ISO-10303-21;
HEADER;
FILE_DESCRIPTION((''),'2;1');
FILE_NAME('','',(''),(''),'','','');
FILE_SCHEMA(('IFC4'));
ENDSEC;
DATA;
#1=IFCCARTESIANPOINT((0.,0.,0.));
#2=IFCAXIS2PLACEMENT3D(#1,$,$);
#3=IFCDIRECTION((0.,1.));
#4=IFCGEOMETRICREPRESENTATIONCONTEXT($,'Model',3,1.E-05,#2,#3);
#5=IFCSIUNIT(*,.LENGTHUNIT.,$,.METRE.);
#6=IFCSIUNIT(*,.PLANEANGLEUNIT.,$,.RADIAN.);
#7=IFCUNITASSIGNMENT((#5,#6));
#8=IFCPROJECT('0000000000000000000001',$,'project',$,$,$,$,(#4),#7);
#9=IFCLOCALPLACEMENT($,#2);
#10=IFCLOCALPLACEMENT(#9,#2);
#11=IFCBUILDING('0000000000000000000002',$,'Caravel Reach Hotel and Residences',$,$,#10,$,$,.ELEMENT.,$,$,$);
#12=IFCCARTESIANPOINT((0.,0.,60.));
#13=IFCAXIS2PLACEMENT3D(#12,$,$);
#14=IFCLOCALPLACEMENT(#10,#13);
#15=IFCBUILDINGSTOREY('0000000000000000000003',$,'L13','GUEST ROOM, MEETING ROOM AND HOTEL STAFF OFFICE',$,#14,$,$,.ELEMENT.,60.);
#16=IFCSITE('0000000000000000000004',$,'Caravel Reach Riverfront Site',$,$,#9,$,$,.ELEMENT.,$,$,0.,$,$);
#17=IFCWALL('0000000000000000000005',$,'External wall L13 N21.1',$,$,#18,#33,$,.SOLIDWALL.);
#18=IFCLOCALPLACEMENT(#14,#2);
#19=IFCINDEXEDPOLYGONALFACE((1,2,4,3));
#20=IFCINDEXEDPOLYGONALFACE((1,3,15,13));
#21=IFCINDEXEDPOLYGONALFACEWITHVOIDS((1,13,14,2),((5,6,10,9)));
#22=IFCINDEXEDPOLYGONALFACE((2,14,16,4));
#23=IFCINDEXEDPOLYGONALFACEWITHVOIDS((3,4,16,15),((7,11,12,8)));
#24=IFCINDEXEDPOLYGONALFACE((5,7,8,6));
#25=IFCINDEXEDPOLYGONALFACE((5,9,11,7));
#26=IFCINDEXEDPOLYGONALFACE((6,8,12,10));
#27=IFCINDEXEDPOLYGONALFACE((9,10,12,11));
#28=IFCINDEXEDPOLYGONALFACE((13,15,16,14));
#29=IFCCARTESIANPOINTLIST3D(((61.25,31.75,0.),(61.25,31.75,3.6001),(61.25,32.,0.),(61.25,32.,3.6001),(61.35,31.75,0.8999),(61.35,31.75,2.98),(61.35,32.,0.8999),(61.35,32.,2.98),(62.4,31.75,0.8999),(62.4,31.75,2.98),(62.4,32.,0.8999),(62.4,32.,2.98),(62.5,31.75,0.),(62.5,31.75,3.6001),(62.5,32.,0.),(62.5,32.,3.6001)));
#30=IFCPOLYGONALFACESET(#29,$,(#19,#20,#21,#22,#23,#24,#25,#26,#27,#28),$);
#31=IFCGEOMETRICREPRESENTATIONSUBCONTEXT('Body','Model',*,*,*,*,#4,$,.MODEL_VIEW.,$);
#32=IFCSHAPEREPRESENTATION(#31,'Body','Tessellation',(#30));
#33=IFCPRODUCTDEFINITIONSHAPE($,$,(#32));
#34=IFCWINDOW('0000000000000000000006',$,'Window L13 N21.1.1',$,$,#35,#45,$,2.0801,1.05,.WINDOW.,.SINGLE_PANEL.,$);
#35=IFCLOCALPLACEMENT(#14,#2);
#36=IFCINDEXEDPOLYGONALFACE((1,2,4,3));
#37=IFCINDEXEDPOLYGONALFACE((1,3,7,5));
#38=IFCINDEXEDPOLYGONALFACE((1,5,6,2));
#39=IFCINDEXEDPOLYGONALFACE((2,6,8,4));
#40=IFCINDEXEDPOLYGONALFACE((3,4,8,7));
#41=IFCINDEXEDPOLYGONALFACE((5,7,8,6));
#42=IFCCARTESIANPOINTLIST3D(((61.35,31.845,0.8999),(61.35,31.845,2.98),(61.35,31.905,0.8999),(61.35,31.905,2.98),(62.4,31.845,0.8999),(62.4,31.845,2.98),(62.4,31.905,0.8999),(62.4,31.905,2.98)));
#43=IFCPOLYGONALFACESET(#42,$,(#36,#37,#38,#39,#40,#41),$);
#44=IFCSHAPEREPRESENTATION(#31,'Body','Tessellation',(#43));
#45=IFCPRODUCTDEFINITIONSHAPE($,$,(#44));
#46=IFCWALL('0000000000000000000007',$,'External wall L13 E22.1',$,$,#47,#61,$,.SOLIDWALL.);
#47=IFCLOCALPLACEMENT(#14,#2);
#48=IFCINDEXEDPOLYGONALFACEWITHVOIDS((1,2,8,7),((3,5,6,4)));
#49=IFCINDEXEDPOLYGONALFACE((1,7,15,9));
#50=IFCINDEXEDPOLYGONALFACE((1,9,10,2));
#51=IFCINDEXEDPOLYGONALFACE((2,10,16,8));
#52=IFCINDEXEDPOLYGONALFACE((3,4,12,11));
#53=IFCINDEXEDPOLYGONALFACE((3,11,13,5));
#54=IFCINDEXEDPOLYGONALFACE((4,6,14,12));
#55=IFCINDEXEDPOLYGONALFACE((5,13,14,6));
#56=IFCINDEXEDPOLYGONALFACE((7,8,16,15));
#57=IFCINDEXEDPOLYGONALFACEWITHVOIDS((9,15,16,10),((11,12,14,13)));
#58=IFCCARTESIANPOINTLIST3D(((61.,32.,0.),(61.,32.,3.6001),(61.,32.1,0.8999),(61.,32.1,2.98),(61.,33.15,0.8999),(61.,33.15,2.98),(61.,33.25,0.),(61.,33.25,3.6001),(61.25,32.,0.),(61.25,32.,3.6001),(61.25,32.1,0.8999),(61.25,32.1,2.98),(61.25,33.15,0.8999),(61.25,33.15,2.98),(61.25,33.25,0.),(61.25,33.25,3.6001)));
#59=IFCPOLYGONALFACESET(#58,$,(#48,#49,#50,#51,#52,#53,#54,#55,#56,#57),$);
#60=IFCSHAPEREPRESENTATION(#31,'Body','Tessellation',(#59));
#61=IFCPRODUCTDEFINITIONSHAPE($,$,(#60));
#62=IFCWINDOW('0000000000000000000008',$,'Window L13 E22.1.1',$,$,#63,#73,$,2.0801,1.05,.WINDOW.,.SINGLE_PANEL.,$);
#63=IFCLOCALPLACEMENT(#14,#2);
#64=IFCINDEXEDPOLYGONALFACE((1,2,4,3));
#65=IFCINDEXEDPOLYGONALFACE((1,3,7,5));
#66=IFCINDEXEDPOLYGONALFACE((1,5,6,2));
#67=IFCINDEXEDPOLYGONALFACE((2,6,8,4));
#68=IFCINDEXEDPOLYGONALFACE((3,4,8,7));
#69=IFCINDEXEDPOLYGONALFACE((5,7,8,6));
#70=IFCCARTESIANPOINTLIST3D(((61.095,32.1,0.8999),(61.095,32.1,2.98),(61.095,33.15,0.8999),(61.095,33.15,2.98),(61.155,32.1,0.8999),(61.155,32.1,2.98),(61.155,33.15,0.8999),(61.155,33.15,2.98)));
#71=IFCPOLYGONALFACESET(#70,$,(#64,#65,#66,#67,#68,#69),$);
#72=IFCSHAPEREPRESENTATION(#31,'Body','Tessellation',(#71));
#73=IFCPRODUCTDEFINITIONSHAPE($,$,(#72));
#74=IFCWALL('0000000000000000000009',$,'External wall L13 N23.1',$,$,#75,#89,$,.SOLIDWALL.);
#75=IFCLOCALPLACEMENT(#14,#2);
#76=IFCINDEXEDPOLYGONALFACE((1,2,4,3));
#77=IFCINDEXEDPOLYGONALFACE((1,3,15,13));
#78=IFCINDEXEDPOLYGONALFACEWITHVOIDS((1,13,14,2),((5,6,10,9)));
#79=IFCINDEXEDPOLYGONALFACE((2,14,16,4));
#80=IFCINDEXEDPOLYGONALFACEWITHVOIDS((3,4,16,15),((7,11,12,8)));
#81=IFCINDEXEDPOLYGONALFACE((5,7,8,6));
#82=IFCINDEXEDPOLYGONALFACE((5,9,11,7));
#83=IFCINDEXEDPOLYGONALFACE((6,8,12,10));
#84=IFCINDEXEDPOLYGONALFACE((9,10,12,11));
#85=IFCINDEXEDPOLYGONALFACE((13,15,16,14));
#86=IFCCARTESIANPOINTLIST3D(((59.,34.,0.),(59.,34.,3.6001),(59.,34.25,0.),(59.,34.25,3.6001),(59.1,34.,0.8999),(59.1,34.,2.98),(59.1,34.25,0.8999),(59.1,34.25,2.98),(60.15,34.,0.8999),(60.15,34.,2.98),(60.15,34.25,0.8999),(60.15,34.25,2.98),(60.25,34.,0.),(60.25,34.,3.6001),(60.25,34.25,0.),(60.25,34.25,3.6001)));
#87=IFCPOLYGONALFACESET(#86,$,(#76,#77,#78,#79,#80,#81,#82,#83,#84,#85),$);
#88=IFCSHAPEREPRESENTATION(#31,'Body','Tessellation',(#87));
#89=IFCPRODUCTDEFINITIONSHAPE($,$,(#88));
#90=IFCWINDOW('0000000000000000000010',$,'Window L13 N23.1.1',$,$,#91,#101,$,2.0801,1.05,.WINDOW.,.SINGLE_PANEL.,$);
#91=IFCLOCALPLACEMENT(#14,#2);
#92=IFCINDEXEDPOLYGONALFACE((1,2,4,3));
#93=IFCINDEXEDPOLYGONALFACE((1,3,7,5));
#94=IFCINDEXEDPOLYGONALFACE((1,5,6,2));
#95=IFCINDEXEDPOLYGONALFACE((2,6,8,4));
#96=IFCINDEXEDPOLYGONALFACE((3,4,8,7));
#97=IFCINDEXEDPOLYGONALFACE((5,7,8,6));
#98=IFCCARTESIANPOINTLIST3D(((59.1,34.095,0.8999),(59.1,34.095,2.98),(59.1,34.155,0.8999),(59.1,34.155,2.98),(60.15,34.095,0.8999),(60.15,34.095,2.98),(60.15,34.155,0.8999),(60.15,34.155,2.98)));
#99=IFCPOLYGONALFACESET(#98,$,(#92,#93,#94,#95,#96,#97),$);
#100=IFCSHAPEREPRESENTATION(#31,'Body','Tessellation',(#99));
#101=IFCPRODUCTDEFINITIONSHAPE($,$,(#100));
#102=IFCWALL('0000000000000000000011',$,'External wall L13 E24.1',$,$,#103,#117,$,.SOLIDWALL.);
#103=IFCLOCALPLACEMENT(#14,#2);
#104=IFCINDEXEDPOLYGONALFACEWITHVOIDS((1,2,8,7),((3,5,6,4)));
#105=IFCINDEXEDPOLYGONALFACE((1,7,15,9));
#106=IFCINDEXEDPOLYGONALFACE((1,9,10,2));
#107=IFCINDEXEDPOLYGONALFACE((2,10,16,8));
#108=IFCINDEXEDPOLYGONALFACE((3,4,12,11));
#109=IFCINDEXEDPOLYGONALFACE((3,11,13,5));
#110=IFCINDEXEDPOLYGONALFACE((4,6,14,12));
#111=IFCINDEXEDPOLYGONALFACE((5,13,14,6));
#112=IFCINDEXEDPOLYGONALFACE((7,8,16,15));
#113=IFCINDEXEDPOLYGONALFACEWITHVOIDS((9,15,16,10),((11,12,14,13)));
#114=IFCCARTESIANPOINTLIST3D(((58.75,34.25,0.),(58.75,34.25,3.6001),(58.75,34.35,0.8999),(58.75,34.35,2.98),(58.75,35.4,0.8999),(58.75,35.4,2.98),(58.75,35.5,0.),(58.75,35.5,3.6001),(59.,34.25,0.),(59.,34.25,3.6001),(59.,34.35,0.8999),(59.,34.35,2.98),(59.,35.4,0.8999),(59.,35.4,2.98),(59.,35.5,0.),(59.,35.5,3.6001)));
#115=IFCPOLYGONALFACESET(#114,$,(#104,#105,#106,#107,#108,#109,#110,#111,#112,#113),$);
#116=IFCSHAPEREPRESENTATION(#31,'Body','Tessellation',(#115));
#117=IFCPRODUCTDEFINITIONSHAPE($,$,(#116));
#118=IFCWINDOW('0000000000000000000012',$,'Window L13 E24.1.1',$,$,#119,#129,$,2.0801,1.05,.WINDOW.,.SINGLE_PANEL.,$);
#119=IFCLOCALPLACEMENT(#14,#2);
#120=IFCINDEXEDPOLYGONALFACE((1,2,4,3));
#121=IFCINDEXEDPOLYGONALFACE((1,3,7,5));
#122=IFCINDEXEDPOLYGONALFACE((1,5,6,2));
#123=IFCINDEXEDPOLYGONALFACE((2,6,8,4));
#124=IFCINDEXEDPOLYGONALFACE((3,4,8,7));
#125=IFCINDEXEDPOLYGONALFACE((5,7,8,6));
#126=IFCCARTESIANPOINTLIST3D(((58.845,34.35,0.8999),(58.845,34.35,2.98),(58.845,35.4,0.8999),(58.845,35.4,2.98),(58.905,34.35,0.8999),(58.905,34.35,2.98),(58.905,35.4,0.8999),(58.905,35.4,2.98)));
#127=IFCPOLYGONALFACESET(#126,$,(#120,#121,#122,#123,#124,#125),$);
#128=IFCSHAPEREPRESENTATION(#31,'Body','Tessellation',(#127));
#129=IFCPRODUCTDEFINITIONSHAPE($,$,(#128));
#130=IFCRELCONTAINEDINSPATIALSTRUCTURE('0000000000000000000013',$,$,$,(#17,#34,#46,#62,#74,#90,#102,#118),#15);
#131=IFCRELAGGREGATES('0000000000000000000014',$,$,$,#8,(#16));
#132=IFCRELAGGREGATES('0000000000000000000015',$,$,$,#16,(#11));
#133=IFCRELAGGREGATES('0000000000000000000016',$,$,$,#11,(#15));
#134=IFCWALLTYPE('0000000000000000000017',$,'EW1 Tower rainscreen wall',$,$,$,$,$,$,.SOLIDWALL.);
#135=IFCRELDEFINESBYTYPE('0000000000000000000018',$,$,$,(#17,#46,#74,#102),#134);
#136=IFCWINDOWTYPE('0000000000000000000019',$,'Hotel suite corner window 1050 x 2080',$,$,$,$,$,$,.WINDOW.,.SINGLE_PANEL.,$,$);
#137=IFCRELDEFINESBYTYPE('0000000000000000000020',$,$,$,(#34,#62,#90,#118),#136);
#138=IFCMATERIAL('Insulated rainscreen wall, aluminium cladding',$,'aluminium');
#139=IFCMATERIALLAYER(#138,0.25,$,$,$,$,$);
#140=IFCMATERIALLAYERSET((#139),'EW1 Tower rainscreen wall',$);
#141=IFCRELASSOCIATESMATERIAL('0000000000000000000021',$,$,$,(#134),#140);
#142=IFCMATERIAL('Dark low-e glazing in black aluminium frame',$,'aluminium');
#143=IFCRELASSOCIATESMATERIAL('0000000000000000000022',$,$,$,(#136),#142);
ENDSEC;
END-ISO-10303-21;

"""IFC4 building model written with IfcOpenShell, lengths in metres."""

from ifc_helpers import new_model, si_unit, direction, frame, frame_2d, origin, place, context, subcontext, project, spatial, rectangle, extrude, material, layer, layer_set, type_object, element, fill, save


model = new_model("IFC4")

# Units and contexts
model_context = context("Model", 3, precision=1e-05, world=origin(), true_north=direction((0.0, 1.0)))
body_context = subcontext(model_context, "Body", "Model", "MODEL_VIEW")
ifc_project = project(units=[si_unit("LENGTHUNIT", "METRE"), si_unit("PLANEANGLEUNIT", "RADIAN")], contexts=[model_context])

# Site, building, storey
site_placement = place(None, origin())
site = spatial("IfcSite", under=ifc_project, at=site_placement, Name="Caravel Reach Riverfront Site", CompositionType="ELEMENT", RefElevation=0.0)
building_placement = place(site_placement, origin())
building = spatial("IfcBuilding", under=site, at=building_placement, Name="Caravel Reach Hotel and Residences", CompositionType="ELEMENT")
storey_placement = place(building_placement, frame((0.0, 0.0, 60.0)))
storey = spatial("IfcBuildingStorey", under=building, at=storey_placement, Name="L13", Description="GUEST ROOM, MEETING ROOM AND HOTEL STAFF OFFICE", CompositionType="ELEMENT", Elevation=60.0)

# Walls, openings, windows
ifc_material_1 = material(Name="Insulated rainscreen wall, aluminium cladding", Category="aluminium")
ifc_layer_1 = layer(ifc_material_1, 0.25)
ifc_layer_set_1 = layer_set([ifc_layer_1], Name="EW1 Tower rainscreen wall")
wall_type_1 = type_object("IfcWallType", Name="EW1 Tower rainscreen wall", PredefinedType="SOLIDWALL", material=ifc_layer_set_1)
wall_1_placement = place(storey_placement, frame((62.5, 31.875, 0.0), z_axis=(0.0, 0.0, 1.0), x_axis=(-1.0, 0.0, 0.0)))
wall_1 = element("IfcWall", 1, at=wall_1_placement, inside=storey, type_object=wall_type_1, Name="External wall L13 N21.1", PredefinedType="SOLIDWALL", context=body_context, shape_type="SweptSolid", body=[
    extrude(rectangle(XDim=1.25, YDim=0.25, at=frame_2d((0.625, 0.0))), origin(), (0.0, 0.0, 1.0), 3.6001),
])
opening_1_placement = place(wall_1_placement, frame((0.1001, 0.0, 0.8999)))
opening_1 = element("IfcOpeningElement", 2, at=opening_1_placement, cuts=wall_1, PredefinedType="OPENING", context=body_context, shape_type="SweptSolid", body=[
    extrude(rectangle(XDim=1.05, YDim=2.0801, at=frame_2d((0.5249, 1.04))), frame((0.0, 0.135, 0.0), z_axis=(0.0, -1.0, 0.0), x_axis=(1.0, 0.0, 0.0)), (0.0, 0.0, 1.0), 0.27),
])
ifc_material_2 = material(Name="Dark low-e glazing in black aluminium frame", Category="aluminium")
window_type_1 = type_object("IfcWindowType", Name="Hotel suite corner window 1050 x 2080", PartitioningType="SINGLE_PANEL", PredefinedType="WINDOW", material=ifc_material_2)
window_1_placement = place(opening_1_placement, origin())
window_1 = element("IfcWindow", 3, at=window_1_placement, inside=storey, type_object=window_type_1, Name="Window L13 N21.1.1", OverallHeight=2.0801, OverallWidth=1.05, PartitioningType="SINGLE_PANEL", PredefinedType="WINDOW", context=body_context, shape_type="SweptSolid", body=[
    extrude(rectangle(XDim=1.05, YDim=2.0801, at=frame_2d((0.5249, 1.04))), frame((0.0, 0.03, 0.0), z_axis=(0.0, -1.0, 0.0), x_axis=(1.0, 0.0, 0.0)), (0.0, 0.0, 1.0), 0.0601),
])
fill(opening_1, window_1)
wall_2_placement = place(storey_placement, frame((61.125, 32.0, 0.0), z_axis=(0.0, 0.0, 1.0), x_axis=(0.0, 1.0, 0.0)))
wall_2 = element("IfcWall", 4, at=wall_2_placement, inside=storey, type_object=wall_type_1, Name="External wall L13 E22.1", PredefinedType="SOLIDWALL", context=body_context, shape_type="SweptSolid", body=[
    extrude(rectangle(XDim=1.25, YDim=0.25, at=frame_2d((0.625, 0.0))), origin(), (0.0, 0.0, 1.0), 3.6001),
])
opening_2_placement = place(wall_2_placement, frame((0.1001, 0.0, 0.8999)))
opening_2 = element("IfcOpeningElement", 5, at=opening_2_placement, cuts=wall_2, PredefinedType="OPENING", context=body_context, shape_type="SweptSolid", body=[
    extrude(rectangle(XDim=1.05, YDim=2.0801, at=frame_2d((0.5249, 1.04))), frame((0.0, 0.135, 0.0), z_axis=(0.0, -1.0, 0.0), x_axis=(1.0, 0.0, 0.0)), (0.0, 0.0, 1.0), 0.27),
])
window_2_placement = place(opening_2_placement, origin())
window_2 = element("IfcWindow", 6, at=window_2_placement, inside=storey, type_object=window_type_1, Name="Window L13 E22.1.1", OverallHeight=2.0801, OverallWidth=1.05, PartitioningType="SINGLE_PANEL", PredefinedType="WINDOW", context=body_context, shape_type="SweptSolid", body=[
    extrude(rectangle(XDim=1.05, YDim=2.0801, at=frame_2d((0.5249, 1.04))), frame((0.0, 0.03, 0.0), z_axis=(0.0, -1.0, 0.0), x_axis=(1.0, 0.0, 0.0)), (0.0, 0.0, 1.0), 0.0601),
])
fill(opening_2, window_2)
wall_3_placement = place(storey_placement, frame((60.25, 34.125, 0.0), z_axis=(0.0, 0.0, 1.0), x_axis=(-1.0, 0.0, 0.0)))
wall_3 = element("IfcWall", 7, at=wall_3_placement, inside=storey, type_object=wall_type_1, Name="External wall L13 N23.1", PredefinedType="SOLIDWALL", context=body_context, shape_type="SweptSolid", body=[
    extrude(rectangle(XDim=1.25, YDim=0.25, at=frame_2d((0.625, 0.0))), origin(), (0.0, 0.0, 1.0), 3.6001),
])
opening_3_placement = place(wall_3_placement, frame((0.1001, 0.0, 0.8999)))
opening_3 = element("IfcOpeningElement", 8, at=opening_3_placement, cuts=wall_3, PredefinedType="OPENING", context=body_context, shape_type="SweptSolid", body=[
    extrude(rectangle(XDim=1.05, YDim=2.0801, at=frame_2d((0.5249, 1.04))), frame((0.0, 0.135, 0.0), z_axis=(0.0, -1.0, 0.0), x_axis=(1.0, 0.0, 0.0)), (0.0, 0.0, 1.0), 0.27),
])
window_3_placement = place(opening_3_placement, origin())
window_3 = element("IfcWindow", 9, at=window_3_placement, inside=storey, type_object=window_type_1, Name="Window L13 N23.1.1", OverallHeight=2.0801, OverallWidth=1.05, PartitioningType="SINGLE_PANEL", PredefinedType="WINDOW", context=body_context, shape_type="SweptSolid", body=[
    extrude(rectangle(XDim=1.05, YDim=2.0801, at=frame_2d((0.5249, 1.04))), frame((0.0, 0.03, 0.0), z_axis=(0.0, -1.0, 0.0), x_axis=(1.0, 0.0, 0.0)), (0.0, 0.0, 1.0), 0.0601),
])
fill(opening_3, window_3)
wall_4_placement = place(storey_placement, frame((58.875, 34.25, 0.0), z_axis=(0.0, 0.0, 1.0), x_axis=(0.0, 1.0, 0.0)))
wall_4 = element("IfcWall", 10, at=wall_4_placement, inside=storey, type_object=wall_type_1, Name="External wall L13 E24.1", PredefinedType="SOLIDWALL", context=body_context, shape_type="SweptSolid", body=[
    extrude(rectangle(XDim=1.25, YDim=0.25, at=frame_2d((0.625, 0.0))), origin(), (0.0, 0.0, 1.0), 3.6001),
])
opening_4_placement = place(wall_4_placement, frame((0.1001, 0.0, 0.8999)))
opening_4 = element("IfcOpeningElement", 11, at=opening_4_placement, cuts=wall_4, PredefinedType="OPENING", context=body_context, shape_type="SweptSolid", body=[
    extrude(rectangle(XDim=1.05, YDim=2.0801, at=frame_2d((0.5249, 1.04))), frame((0.0, 0.135, 0.0), z_axis=(0.0, -1.0, 0.0), x_axis=(1.0, 0.0, 0.0)), (0.0, 0.0, 1.0), 0.27),
])
window_4_placement = place(opening_4_placement, origin())
window_4 = element("IfcWindow", 12, at=window_4_placement, inside=storey, type_object=window_type_1, Name="Window L13 E24.1.1", OverallHeight=2.0801, OverallWidth=1.05, PartitioningType="SINGLE_PANEL", PredefinedType="WINDOW", context=body_context, shape_type="SweptSolid", body=[
    extrude(rectangle(XDim=1.05, YDim=2.0801, at=frame_2d((0.5249, 1.04))), frame((0.0, 0.03, 0.0), z_axis=(0.0, -1.0, 0.0), x_axis=(1.0, 0.0, 0.0)), (0.0, 0.0, 1.0), 0.0601),
])
fill(opening_4, window_4)

save(model, "model.ifc")
